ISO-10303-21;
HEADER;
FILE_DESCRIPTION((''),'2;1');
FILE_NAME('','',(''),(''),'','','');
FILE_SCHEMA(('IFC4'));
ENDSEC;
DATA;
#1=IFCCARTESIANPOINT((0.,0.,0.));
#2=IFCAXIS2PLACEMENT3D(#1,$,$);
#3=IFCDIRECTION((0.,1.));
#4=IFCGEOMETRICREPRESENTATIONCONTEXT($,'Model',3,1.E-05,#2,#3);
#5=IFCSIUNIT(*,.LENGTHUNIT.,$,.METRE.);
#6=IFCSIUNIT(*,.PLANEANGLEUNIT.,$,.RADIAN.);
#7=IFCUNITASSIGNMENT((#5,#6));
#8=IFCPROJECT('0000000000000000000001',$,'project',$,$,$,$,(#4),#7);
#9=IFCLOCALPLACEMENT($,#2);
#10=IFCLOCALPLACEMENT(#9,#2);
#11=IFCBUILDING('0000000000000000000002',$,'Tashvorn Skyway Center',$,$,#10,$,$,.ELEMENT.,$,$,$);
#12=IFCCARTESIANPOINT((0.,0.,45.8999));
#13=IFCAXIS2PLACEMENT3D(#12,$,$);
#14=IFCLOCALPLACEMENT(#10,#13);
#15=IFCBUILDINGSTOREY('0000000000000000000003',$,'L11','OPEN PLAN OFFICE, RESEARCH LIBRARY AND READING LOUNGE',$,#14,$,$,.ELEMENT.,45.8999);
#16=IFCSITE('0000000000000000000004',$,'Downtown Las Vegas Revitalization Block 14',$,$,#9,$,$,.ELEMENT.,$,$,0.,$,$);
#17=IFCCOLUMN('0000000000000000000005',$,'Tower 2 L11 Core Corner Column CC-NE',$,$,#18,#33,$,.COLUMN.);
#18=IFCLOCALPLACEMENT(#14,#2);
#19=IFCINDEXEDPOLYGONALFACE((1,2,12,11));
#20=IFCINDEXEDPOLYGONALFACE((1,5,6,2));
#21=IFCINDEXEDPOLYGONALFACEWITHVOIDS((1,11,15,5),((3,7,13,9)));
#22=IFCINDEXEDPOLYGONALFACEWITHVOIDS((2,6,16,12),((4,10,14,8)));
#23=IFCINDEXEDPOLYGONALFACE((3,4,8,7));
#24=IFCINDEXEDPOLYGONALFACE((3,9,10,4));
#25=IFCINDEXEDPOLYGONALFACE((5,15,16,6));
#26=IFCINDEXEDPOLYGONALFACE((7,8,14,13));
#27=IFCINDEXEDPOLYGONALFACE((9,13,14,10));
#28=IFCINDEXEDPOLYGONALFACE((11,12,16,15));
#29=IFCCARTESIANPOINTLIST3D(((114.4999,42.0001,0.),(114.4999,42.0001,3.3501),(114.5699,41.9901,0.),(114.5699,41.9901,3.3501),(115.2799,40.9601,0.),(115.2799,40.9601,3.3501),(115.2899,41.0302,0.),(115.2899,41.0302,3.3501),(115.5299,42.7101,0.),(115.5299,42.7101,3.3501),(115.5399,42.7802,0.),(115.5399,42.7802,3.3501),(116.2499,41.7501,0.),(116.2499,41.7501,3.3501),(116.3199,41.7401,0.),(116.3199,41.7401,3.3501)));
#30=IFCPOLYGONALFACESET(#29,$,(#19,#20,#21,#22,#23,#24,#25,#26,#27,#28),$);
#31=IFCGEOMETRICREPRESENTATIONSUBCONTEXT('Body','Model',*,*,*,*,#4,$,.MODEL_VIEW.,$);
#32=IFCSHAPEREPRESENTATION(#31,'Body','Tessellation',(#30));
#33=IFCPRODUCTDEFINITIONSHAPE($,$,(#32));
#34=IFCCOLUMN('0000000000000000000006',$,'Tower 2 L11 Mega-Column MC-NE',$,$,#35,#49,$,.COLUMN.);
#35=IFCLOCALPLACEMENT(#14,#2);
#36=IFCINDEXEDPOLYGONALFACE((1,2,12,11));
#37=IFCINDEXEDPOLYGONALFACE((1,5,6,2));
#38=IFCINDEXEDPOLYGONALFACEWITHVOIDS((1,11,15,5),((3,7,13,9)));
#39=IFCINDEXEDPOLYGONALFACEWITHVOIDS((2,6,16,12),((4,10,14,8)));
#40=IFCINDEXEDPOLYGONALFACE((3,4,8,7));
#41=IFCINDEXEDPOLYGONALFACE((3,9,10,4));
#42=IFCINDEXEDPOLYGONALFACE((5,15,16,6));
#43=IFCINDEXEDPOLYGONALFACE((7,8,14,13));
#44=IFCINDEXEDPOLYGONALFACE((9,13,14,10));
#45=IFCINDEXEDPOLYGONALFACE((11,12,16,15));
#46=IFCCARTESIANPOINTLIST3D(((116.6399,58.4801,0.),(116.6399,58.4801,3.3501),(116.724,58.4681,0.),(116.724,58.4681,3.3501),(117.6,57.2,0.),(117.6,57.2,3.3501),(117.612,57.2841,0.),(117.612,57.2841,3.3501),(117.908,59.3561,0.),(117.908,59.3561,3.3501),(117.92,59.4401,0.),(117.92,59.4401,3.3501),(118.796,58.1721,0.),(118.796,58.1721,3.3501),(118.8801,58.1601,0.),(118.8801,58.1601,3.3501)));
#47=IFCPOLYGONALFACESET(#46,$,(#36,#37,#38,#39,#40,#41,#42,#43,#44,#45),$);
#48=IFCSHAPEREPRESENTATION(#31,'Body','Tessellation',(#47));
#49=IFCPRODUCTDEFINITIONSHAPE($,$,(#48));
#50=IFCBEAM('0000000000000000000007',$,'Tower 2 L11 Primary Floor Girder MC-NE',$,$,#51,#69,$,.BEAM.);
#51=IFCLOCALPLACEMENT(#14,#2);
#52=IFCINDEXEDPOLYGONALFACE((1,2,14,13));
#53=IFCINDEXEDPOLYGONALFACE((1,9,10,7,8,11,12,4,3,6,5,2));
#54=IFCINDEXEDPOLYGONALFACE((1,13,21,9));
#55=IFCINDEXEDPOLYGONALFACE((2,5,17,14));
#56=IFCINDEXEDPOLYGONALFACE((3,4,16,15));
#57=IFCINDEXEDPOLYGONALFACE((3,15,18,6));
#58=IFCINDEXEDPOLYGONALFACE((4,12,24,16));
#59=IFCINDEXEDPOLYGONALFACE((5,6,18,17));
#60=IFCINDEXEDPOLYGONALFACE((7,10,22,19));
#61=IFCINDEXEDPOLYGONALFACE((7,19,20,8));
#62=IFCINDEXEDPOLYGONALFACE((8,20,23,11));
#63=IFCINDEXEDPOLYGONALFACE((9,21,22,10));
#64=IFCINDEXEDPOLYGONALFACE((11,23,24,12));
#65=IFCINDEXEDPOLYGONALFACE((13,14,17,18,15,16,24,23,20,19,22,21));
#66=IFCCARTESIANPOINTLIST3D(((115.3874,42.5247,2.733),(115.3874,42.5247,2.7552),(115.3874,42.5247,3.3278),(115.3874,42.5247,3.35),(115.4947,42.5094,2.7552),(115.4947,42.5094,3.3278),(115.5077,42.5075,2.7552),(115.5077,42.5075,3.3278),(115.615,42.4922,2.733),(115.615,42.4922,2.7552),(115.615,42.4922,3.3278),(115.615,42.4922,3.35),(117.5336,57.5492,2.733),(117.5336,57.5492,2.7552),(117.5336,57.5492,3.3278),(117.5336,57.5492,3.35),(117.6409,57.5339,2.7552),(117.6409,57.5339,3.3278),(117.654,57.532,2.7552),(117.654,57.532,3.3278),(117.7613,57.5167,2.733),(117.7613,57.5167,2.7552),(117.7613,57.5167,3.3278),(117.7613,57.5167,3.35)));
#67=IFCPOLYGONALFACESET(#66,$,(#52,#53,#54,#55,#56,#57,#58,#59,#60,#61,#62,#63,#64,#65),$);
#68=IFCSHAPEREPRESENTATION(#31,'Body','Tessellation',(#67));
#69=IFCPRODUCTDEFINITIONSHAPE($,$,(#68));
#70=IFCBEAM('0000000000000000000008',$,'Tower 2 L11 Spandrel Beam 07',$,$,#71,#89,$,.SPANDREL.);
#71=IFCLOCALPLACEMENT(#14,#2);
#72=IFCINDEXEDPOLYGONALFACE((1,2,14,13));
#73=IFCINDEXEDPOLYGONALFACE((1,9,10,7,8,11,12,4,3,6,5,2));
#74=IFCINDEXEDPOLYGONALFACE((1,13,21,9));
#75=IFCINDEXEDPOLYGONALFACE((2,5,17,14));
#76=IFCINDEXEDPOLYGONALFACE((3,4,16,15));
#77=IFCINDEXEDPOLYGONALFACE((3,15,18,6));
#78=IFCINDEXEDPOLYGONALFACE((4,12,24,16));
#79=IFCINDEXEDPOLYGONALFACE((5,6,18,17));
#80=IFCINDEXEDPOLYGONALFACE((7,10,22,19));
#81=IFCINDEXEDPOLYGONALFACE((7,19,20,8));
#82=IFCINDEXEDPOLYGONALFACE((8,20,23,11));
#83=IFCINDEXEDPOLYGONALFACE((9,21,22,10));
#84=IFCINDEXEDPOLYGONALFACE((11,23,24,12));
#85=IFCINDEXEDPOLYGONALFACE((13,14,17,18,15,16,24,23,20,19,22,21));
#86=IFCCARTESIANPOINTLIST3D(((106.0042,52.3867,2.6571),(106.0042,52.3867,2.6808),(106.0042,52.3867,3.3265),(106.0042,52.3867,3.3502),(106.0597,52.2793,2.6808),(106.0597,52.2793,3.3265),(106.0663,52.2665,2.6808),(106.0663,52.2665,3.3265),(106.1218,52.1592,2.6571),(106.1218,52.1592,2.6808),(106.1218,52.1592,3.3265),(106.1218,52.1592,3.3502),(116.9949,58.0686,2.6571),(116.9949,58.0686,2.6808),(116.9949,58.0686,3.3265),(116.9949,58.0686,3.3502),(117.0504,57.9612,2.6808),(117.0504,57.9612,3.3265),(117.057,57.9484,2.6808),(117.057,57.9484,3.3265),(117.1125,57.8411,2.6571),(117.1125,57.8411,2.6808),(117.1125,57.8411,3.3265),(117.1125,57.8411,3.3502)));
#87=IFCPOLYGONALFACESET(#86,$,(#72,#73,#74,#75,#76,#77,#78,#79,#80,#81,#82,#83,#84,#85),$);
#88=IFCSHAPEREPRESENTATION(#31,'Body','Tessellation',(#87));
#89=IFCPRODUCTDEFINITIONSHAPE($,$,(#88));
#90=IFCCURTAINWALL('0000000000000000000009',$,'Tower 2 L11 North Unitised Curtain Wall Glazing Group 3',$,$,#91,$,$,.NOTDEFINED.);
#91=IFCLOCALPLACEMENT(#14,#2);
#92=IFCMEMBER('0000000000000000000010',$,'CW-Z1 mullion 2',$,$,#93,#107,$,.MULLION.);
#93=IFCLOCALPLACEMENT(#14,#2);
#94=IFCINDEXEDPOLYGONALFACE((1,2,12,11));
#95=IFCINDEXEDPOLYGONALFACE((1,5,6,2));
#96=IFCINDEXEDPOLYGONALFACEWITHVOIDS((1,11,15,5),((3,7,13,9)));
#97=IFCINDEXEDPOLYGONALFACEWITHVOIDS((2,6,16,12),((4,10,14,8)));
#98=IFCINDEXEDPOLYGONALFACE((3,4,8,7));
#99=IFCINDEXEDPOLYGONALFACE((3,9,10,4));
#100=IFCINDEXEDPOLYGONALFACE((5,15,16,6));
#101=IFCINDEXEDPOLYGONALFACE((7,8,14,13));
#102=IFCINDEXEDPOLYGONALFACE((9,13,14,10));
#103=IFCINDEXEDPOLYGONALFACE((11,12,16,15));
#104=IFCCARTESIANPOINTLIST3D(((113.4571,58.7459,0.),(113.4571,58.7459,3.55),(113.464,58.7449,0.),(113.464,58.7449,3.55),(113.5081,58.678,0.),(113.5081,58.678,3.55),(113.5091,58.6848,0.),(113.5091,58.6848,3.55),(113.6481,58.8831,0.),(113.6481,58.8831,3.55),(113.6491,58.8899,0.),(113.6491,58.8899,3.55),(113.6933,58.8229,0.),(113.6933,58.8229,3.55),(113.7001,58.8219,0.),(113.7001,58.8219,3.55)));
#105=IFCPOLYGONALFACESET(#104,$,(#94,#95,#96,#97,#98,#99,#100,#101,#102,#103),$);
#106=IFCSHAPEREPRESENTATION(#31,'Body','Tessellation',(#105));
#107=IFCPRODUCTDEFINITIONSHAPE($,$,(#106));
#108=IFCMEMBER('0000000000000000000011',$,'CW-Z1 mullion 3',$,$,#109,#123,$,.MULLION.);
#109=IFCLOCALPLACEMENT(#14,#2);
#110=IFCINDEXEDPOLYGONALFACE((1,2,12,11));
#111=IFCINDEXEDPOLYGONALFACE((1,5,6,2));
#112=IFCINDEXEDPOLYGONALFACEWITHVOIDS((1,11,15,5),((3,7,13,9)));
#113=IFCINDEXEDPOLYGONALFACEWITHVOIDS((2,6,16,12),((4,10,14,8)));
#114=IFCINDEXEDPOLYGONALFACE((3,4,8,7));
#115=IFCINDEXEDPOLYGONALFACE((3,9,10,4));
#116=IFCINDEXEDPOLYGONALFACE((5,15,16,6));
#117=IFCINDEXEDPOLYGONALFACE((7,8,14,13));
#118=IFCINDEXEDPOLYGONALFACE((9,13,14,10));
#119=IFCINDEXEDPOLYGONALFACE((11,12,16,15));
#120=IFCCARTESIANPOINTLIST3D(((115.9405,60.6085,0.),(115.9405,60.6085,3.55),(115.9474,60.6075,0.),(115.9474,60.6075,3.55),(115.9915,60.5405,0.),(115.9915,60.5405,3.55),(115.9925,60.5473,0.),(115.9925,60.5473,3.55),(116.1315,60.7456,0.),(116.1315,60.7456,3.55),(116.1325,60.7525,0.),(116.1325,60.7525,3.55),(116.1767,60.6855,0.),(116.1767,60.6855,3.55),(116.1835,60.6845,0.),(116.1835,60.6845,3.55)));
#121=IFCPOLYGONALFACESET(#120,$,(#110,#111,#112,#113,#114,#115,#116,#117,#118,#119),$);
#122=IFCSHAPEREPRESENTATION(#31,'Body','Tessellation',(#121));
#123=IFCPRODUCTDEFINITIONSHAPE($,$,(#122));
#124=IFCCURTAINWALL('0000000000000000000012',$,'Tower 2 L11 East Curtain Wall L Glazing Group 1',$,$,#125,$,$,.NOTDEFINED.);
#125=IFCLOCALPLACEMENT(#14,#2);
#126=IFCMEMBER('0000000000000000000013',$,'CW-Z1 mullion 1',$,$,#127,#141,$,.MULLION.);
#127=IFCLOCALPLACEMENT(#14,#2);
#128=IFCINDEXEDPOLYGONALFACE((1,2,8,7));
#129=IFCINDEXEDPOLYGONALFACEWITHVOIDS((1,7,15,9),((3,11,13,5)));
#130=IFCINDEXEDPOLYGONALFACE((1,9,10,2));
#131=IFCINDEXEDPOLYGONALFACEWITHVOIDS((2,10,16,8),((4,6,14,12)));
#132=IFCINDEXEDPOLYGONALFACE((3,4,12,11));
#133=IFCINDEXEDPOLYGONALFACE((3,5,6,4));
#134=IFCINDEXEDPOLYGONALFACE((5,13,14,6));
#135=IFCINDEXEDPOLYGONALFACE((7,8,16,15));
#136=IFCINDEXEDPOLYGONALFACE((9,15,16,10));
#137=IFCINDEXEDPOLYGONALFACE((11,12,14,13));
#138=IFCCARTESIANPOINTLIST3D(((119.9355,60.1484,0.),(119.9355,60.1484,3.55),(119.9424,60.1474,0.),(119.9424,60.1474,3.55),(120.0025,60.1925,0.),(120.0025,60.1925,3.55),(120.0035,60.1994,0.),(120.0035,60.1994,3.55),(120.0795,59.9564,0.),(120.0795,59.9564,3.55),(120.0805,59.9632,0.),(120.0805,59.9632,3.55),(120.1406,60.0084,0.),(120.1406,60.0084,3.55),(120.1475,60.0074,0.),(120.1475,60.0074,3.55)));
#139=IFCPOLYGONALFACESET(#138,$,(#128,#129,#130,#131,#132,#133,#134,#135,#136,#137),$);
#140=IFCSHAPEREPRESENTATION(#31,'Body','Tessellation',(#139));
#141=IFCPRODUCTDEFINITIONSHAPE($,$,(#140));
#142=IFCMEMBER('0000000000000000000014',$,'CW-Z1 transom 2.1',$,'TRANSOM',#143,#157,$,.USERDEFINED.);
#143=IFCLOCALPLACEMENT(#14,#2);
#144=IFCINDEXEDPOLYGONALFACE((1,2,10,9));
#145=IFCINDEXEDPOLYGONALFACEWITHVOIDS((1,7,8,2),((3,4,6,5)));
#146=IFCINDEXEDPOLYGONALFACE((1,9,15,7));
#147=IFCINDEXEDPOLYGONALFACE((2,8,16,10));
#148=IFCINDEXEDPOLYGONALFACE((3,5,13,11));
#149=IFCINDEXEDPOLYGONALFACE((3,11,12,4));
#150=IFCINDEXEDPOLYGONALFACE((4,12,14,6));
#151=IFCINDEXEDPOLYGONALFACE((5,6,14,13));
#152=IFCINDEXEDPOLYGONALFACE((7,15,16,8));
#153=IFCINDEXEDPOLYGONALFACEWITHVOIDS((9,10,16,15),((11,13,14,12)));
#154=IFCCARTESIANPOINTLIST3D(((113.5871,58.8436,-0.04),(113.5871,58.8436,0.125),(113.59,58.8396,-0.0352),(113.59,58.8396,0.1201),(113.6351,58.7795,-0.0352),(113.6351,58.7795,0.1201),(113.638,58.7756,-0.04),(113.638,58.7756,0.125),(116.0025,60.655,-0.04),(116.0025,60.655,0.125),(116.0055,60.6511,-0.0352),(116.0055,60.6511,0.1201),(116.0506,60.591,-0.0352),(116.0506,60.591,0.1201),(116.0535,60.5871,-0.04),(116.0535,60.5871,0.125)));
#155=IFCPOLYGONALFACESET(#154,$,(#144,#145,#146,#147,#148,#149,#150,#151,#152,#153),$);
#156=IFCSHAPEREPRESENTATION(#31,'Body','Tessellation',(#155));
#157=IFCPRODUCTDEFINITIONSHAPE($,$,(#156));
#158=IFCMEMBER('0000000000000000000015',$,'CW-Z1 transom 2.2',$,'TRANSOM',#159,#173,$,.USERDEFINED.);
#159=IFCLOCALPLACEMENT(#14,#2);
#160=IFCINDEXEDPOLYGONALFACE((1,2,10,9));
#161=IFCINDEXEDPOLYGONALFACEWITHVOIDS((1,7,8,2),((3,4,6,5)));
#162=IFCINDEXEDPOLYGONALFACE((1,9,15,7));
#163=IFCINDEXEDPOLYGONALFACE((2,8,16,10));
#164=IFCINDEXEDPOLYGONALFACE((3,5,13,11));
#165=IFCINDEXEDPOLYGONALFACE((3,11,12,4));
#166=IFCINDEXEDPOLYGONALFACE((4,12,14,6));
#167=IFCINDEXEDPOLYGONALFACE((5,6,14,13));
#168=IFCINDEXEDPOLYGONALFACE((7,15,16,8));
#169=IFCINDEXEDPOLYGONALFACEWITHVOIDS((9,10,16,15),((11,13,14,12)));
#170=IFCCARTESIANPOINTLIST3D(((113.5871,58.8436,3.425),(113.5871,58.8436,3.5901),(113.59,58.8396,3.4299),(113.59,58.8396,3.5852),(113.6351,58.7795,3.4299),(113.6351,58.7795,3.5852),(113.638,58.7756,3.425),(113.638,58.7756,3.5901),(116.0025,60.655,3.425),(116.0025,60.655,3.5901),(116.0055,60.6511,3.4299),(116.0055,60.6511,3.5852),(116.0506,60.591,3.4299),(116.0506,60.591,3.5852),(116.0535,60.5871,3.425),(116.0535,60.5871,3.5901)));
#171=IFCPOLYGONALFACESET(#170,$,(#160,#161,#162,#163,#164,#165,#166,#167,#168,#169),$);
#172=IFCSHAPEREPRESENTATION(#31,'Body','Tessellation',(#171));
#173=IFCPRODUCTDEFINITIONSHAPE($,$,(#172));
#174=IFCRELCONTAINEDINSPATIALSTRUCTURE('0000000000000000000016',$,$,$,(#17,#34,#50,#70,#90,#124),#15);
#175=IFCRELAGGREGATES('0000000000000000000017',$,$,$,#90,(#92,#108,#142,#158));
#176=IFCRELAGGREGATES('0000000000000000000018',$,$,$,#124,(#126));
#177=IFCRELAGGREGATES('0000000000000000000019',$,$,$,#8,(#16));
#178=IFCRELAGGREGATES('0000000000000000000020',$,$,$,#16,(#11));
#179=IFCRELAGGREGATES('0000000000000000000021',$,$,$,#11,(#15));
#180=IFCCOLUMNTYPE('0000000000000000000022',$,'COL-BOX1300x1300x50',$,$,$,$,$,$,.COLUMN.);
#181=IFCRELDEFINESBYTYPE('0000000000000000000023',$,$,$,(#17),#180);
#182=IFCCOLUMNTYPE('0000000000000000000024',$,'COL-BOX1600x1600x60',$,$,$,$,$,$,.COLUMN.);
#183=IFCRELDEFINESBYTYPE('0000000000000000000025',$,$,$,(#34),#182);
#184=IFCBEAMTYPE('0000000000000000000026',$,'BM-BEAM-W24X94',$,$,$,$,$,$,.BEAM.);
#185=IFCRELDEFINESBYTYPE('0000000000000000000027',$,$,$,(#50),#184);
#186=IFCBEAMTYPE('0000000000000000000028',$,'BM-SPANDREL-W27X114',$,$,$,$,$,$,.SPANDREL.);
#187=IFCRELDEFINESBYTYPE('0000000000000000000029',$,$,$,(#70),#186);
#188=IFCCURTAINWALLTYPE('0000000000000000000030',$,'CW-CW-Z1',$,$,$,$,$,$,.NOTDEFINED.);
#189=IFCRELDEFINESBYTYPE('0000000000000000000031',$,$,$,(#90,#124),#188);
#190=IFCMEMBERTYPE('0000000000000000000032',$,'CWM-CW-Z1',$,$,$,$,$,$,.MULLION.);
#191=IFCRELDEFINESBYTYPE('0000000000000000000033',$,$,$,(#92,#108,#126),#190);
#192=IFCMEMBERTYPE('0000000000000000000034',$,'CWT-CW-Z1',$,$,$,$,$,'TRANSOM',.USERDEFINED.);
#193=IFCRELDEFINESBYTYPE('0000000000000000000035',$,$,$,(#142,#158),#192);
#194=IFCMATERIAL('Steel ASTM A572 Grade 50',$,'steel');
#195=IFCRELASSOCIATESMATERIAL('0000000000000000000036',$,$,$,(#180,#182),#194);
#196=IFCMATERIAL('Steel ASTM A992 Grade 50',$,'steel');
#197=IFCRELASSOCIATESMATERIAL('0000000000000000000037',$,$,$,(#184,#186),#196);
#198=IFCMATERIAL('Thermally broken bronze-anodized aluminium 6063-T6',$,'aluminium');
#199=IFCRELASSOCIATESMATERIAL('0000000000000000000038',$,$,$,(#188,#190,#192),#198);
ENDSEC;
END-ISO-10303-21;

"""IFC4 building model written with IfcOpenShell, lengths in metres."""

from ifc_helpers import new_model, si_unit, direction, frame, origin, origin_2d, place, context, subcontext, project, spatial, hollow_rectangle, i_section, extrude, material, material_profile, profile_set, type_object, element, aggregate, save


model = new_model("IFC4")

# Units and contexts
model_context = context("Model", 3, precision=1e-05, world=origin(), true_north=direction((0.0, 1.0)))
body_context = subcontext(model_context, "Body", "Model", "MODEL_VIEW")
ifc_project = project(units=[si_unit("LENGTHUNIT", "METRE"), si_unit("PLANEANGLEUNIT", "RADIAN")], contexts=[model_context])

# Site, building, storey
site_placement = place(None, origin())
site = spatial("IfcSite", under=ifc_project, at=site_placement, Name="Downtown Las Vegas Revitalization Block 14", CompositionType="ELEMENT", RefElevation=0.0)
building_placement = place(site_placement, origin())
building = spatial("IfcBuilding", under=site, at=building_placement, Name="Tashvorn Skyway Center", CompositionType="ELEMENT")
storey_placement = place(building_placement, frame((0.0, 0.0, 45.8999)))
storey = spatial("IfcBuildingStorey", under=building, at=storey_placement, Name="L11", Description="OPEN PLAN OFFICE, RESEARCH LIBRARY AND READING LOUNGE", CompositionType="ELEMENT", Elevation=45.8999)

# Columns
ifc_material_1 = material(Name="Steel ASTM A572 Grade 50", Category="steel")
ifc_material_profile_1 = material_profile(ifc_material_1, hollow_rectangle(XDim=1.3, YDim=1.3, WallThickness=0.05, at=origin_2d()), Name="BOX1300x1300x50")
ifc_profile_set_1 = profile_set([ifc_material_profile_1], Name="Steel ASTM A572 Grade 50")
column_type_1 = type_object("IfcColumnType", Name="COL-BOX1300x1300x50", PredefinedType="COLUMN", material=ifc_profile_set_1)
column_1_placement = place(storey_placement, frame((115.4099, 41.8701, 0.0), z_axis=(0.0, 0.0, 1.0), x_axis=(0.8, 0.6, 0.0)))
element("IfcColumn", 1, at=column_1_placement, inside=storey, type_object=column_type_1, Name="Tower 2 L11 Core Corner Column CC-NE", PredefinedType="COLUMN", context=body_context, shape_type="SweptSolid", body=[
    extrude(hollow_rectangle(XDim=1.3, YDim=1.3, WallThickness=0.05, at=origin_2d()), origin(), (0.0, 0.0, 1.0), 3.3501),
])
ifc_material_profile_2 = material_profile(ifc_material_1, hollow_rectangle(XDim=1.6001, YDim=1.6001, WallThickness=0.0601, at=origin_2d()), Name="BOX1600x1600x60")
ifc_profile_set_2 = profile_set([ifc_material_profile_2], Name="Steel ASTM A572 Grade 50")
column_type_2 = type_object("IfcColumnType", Name="COL-BOX1600x1600x60", PredefinedType="COLUMN", material=ifc_profile_set_2)
column_2_placement = place(storey_placement, frame((117.76, 58.3201, 0.0), z_axis=(0.0, 0.0, 1.0), x_axis=(0.8, 0.6, 0.0)))
element("IfcColumn", 2, at=column_2_placement, inside=storey, type_object=column_type_2, Name="Tower 2 L11 Mega-Column MC-NE", PredefinedType="COLUMN", context=body_context, shape_type="SweptSolid", body=[
    extrude(hollow_rectangle(XDim=1.6001, YDim=1.6001, WallThickness=0.0601, at=origin_2d()), origin(), (0.0, 0.0, 1.0), 3.3501),
])

# Beams
ifc_material_2 = material(Name="Steel ASTM A992 Grade 50", Category="steel")
ifc_material_profile_3 = material_profile(ifc_material_2, i_section(OverallWidth=0.23, OverallDepth=0.6169, WebThickness=0.0132, FlangeThickness=0.0222, at=origin_2d()), Name="W24X94")
ifc_profile_set_3 = profile_set([ifc_material_profile_3], Name="Steel ASTM A992 Grade 50")
beam_type_1 = type_object("IfcBeamType", Name="BM-BEAM-W24X94", PredefinedType="BEAM", material=ifc_profile_set_3)
beam_1_placement = place(storey_placement, frame((117.6475, 57.533, 3.0415), z_axis=(-0.141415, -0.98995, 0.0), x_axis=(0.98995, -0.141415, 0.0)))
element("IfcBeam", 3, at=beam_1_placement, inside=storey, type_object=beam_type_1, Name="Tower 2 L11 Primary Floor Girder MC-NE", PredefinedType="BEAM", context=body_context, shape_type="SweptSolid", body=[
    extrude(i_section(OverallWidth=0.23, OverallDepth=0.6169, WebThickness=0.0132, FlangeThickness=0.0222, at=origin_2d()), origin(), (0.0, 0.0, 1.0), 15.177),
])
ifc_material_profile_4 = material_profile(ifc_material_2, i_section(OverallWidth=0.2561, OverallDepth=0.6931, WebThickness=0.0144, FlangeThickness=0.0237, at=origin_2d()), Name="W27X114")
ifc_profile_set_4 = profile_set([ifc_material_profile_4], Name="Steel ASTM A992 Grade 50")
beam_type_2 = type_object("IfcBeamType", Name="BM-SPANDREL-W27X114", PredefinedType="SPANDREL", material=ifc_profile_set_4)
beam_2_placement = place(storey_placement, frame((117.0537, 57.9548, 3.0037), z_axis=(-0.888316, -0.459233, 0.0), x_axis=(0.459233, -0.888316, 0.0)))
element("IfcBeam", 4, at=beam_2_placement, inside=storey, type_object=beam_type_2, Name="Tower 2 L11 Spandrel Beam 07", PredefinedType="SPANDREL", context=body_context, shape_type="SweptSolid", body=[
    extrude(i_section(OverallWidth=0.2561, OverallDepth=0.6931, WebThickness=0.0144, FlangeThickness=0.0237, at=origin_2d()), origin(), (0.0, 0.0, 1.0), 12.3726),
])

# Curtain wall, members
ifc_material_3 = material(Name="Thermally broken bronze-anodized aluminium 6063-T6", Category="aluminium")
curtain_wall_type = type_object("IfcCurtainWallType", Name="CW-CW-Z1", PredefinedType="NOTDEFINED", material=ifc_material_3)
curtain_wall_1_placement = place(storey_placement, origin())
curtain_wall_1 = element("IfcCurtainWall", 5, at=curtain_wall_1_placement, inside=storey, type_object=curtain_wall_type, Name="Tower 2 L11 North Unitised Curtain Wall Glazing Group 3", PredefinedType="NOTDEFINED")
ifc_material_profile_5 = material_profile(ifc_material_3, hollow_rectangle(XDim=0.085, YDim=0.24, WallThickness=0.0049, at=origin_2d()), Name="ALU-MULL-85x240")
ifc_profile_set_5 = profile_set([ifc_material_profile_5], Name="Thermally broken bronze-anodized aluminium 6063-T6")
member_type_1 = type_object("IfcMemberType", Name="CWM-CW-Z1", PredefinedType="MULLION", material=ifc_profile_set_5)
member_1_placement = place(storey_placement, frame((113.5786, 58.7839, 0.0), z_axis=(0.0, 0.0, 1.0), x_axis=(-0.599997, 0.800002, 0.0)))
member_1 = element("IfcMember", 6, at=member_1_placement, type_object=member_type_1, Name="CW-Z1 mullion 2", PredefinedType="MULLION", context=body_context, shape_type="SweptSolid", body=[
    extrude(hollow_rectangle(XDim=0.085, YDim=0.24, WallThickness=0.0049, at=origin_2d()), origin(), (0.0, 0.0, 1.0), 3.55),
])
member_2_placement = place(storey_placement, frame((116.062, 60.6465, 0.0), z_axis=(0.0, 0.0, 1.0), x_axis=(-0.599997, 0.800002, 0.0)))
member_2 = element("IfcMember", 7, at=member_2_placement, type_object=member_type_1, Name="CW-Z1 mullion 3", PredefinedType="MULLION", context=body_context, shape_type="SweptSolid", body=[
    extrude(hollow_rectangle(XDim=0.085, YDim=0.24, WallThickness=0.0049, at=origin_2d()), origin(), (0.0, 0.0, 1.0), 3.55),
])

# Curtain wall, member
curtain_wall_2_placement = place(storey_placement, origin())
curtain_wall_2 = element("IfcCurtainWall", 8, at=curtain_wall_2_placement, inside=storey, type_object=curtain_wall_type, Name="Tower 2 L11 East Curtain Wall L Glazing Group 1", PredefinedType="NOTDEFINED")
member_3_placement = place(storey_placement, frame((120.0415, 60.0779, 0.0), z_axis=(0.0, 0.0, 1.0), x_axis=(0.799998, 0.600003, 0.0)))
member_3 = element("IfcMember", 9, at=member_3_placement, type_object=member_type_1, Name="CW-Z1 mullion 1", PredefinedType="MULLION", context=body_context, shape_type="SweptSolid", body=[
    extrude(hollow_rectangle(XDim=0.085, YDim=0.24, WallThickness=0.0049, at=origin_2d()), origin(), (0.0, 0.0, 1.0), 3.55),
])

# Members
ifc_material_profile_6 = material_profile(ifc_material_3, hollow_rectangle(XDim=0.085, YDim=0.165, WallThickness=0.0049, at=origin_2d()), Name="ALU-TRAN-85x165")
ifc_profile_set_6 = profile_set([ifc_material_profile_6], Name="Thermally broken bronze-anodized aluminium 6063-T6")
member_type_2 = type_object("IfcMemberType", Name="CWT-CW-Z1", ElementType="TRANSOM", PredefinedType="USERDEFINED", material=ifc_profile_set_6)
member_4_placement = place(storey_placement, frame((113.6125, 58.8096, 0.0425), z_axis=(0.800019, 0.599974, 0.0), x_axis=(-0.599974, 0.800019, 0.0)))
member_4 = element("IfcMember", 10, at=member_4_placement, type_object=member_type_2, Name="CW-Z1 transom 2.1", ObjectType="TRANSOM", PredefinedType="USERDEFINED", context=body_context, shape_type="SweptSolid", body=[
    extrude(hollow_rectangle(XDim=0.085, YDim=0.165, WallThickness=0.0049, at=origin_2d()), origin(), (0.0, 0.0, 1.0), 3.0193),
])
member_5_placement = place(storey_placement, frame((113.6125, 58.8096, 3.5076), z_axis=(0.800019, 0.599974, 0.0), x_axis=(-0.599974, 0.800019, 0.0)))
member_5 = element("IfcMember", 11, at=member_5_placement, type_object=member_type_2, Name="CW-Z1 transom 2.2", ObjectType="TRANSOM", PredefinedType="USERDEFINED", context=body_context, shape_type="SweptSolid", body=[
    extrude(hollow_rectangle(XDim=0.085, YDim=0.165, WallThickness=0.0049, at=origin_2d()), origin(), (0.0, 0.0, 1.0), 3.0193),
])

aggregate(curtain_wall_1, [member_1, member_2, member_4, member_5])
aggregate(curtain_wall_2, [member_3])

save(model, "model.ifc")
